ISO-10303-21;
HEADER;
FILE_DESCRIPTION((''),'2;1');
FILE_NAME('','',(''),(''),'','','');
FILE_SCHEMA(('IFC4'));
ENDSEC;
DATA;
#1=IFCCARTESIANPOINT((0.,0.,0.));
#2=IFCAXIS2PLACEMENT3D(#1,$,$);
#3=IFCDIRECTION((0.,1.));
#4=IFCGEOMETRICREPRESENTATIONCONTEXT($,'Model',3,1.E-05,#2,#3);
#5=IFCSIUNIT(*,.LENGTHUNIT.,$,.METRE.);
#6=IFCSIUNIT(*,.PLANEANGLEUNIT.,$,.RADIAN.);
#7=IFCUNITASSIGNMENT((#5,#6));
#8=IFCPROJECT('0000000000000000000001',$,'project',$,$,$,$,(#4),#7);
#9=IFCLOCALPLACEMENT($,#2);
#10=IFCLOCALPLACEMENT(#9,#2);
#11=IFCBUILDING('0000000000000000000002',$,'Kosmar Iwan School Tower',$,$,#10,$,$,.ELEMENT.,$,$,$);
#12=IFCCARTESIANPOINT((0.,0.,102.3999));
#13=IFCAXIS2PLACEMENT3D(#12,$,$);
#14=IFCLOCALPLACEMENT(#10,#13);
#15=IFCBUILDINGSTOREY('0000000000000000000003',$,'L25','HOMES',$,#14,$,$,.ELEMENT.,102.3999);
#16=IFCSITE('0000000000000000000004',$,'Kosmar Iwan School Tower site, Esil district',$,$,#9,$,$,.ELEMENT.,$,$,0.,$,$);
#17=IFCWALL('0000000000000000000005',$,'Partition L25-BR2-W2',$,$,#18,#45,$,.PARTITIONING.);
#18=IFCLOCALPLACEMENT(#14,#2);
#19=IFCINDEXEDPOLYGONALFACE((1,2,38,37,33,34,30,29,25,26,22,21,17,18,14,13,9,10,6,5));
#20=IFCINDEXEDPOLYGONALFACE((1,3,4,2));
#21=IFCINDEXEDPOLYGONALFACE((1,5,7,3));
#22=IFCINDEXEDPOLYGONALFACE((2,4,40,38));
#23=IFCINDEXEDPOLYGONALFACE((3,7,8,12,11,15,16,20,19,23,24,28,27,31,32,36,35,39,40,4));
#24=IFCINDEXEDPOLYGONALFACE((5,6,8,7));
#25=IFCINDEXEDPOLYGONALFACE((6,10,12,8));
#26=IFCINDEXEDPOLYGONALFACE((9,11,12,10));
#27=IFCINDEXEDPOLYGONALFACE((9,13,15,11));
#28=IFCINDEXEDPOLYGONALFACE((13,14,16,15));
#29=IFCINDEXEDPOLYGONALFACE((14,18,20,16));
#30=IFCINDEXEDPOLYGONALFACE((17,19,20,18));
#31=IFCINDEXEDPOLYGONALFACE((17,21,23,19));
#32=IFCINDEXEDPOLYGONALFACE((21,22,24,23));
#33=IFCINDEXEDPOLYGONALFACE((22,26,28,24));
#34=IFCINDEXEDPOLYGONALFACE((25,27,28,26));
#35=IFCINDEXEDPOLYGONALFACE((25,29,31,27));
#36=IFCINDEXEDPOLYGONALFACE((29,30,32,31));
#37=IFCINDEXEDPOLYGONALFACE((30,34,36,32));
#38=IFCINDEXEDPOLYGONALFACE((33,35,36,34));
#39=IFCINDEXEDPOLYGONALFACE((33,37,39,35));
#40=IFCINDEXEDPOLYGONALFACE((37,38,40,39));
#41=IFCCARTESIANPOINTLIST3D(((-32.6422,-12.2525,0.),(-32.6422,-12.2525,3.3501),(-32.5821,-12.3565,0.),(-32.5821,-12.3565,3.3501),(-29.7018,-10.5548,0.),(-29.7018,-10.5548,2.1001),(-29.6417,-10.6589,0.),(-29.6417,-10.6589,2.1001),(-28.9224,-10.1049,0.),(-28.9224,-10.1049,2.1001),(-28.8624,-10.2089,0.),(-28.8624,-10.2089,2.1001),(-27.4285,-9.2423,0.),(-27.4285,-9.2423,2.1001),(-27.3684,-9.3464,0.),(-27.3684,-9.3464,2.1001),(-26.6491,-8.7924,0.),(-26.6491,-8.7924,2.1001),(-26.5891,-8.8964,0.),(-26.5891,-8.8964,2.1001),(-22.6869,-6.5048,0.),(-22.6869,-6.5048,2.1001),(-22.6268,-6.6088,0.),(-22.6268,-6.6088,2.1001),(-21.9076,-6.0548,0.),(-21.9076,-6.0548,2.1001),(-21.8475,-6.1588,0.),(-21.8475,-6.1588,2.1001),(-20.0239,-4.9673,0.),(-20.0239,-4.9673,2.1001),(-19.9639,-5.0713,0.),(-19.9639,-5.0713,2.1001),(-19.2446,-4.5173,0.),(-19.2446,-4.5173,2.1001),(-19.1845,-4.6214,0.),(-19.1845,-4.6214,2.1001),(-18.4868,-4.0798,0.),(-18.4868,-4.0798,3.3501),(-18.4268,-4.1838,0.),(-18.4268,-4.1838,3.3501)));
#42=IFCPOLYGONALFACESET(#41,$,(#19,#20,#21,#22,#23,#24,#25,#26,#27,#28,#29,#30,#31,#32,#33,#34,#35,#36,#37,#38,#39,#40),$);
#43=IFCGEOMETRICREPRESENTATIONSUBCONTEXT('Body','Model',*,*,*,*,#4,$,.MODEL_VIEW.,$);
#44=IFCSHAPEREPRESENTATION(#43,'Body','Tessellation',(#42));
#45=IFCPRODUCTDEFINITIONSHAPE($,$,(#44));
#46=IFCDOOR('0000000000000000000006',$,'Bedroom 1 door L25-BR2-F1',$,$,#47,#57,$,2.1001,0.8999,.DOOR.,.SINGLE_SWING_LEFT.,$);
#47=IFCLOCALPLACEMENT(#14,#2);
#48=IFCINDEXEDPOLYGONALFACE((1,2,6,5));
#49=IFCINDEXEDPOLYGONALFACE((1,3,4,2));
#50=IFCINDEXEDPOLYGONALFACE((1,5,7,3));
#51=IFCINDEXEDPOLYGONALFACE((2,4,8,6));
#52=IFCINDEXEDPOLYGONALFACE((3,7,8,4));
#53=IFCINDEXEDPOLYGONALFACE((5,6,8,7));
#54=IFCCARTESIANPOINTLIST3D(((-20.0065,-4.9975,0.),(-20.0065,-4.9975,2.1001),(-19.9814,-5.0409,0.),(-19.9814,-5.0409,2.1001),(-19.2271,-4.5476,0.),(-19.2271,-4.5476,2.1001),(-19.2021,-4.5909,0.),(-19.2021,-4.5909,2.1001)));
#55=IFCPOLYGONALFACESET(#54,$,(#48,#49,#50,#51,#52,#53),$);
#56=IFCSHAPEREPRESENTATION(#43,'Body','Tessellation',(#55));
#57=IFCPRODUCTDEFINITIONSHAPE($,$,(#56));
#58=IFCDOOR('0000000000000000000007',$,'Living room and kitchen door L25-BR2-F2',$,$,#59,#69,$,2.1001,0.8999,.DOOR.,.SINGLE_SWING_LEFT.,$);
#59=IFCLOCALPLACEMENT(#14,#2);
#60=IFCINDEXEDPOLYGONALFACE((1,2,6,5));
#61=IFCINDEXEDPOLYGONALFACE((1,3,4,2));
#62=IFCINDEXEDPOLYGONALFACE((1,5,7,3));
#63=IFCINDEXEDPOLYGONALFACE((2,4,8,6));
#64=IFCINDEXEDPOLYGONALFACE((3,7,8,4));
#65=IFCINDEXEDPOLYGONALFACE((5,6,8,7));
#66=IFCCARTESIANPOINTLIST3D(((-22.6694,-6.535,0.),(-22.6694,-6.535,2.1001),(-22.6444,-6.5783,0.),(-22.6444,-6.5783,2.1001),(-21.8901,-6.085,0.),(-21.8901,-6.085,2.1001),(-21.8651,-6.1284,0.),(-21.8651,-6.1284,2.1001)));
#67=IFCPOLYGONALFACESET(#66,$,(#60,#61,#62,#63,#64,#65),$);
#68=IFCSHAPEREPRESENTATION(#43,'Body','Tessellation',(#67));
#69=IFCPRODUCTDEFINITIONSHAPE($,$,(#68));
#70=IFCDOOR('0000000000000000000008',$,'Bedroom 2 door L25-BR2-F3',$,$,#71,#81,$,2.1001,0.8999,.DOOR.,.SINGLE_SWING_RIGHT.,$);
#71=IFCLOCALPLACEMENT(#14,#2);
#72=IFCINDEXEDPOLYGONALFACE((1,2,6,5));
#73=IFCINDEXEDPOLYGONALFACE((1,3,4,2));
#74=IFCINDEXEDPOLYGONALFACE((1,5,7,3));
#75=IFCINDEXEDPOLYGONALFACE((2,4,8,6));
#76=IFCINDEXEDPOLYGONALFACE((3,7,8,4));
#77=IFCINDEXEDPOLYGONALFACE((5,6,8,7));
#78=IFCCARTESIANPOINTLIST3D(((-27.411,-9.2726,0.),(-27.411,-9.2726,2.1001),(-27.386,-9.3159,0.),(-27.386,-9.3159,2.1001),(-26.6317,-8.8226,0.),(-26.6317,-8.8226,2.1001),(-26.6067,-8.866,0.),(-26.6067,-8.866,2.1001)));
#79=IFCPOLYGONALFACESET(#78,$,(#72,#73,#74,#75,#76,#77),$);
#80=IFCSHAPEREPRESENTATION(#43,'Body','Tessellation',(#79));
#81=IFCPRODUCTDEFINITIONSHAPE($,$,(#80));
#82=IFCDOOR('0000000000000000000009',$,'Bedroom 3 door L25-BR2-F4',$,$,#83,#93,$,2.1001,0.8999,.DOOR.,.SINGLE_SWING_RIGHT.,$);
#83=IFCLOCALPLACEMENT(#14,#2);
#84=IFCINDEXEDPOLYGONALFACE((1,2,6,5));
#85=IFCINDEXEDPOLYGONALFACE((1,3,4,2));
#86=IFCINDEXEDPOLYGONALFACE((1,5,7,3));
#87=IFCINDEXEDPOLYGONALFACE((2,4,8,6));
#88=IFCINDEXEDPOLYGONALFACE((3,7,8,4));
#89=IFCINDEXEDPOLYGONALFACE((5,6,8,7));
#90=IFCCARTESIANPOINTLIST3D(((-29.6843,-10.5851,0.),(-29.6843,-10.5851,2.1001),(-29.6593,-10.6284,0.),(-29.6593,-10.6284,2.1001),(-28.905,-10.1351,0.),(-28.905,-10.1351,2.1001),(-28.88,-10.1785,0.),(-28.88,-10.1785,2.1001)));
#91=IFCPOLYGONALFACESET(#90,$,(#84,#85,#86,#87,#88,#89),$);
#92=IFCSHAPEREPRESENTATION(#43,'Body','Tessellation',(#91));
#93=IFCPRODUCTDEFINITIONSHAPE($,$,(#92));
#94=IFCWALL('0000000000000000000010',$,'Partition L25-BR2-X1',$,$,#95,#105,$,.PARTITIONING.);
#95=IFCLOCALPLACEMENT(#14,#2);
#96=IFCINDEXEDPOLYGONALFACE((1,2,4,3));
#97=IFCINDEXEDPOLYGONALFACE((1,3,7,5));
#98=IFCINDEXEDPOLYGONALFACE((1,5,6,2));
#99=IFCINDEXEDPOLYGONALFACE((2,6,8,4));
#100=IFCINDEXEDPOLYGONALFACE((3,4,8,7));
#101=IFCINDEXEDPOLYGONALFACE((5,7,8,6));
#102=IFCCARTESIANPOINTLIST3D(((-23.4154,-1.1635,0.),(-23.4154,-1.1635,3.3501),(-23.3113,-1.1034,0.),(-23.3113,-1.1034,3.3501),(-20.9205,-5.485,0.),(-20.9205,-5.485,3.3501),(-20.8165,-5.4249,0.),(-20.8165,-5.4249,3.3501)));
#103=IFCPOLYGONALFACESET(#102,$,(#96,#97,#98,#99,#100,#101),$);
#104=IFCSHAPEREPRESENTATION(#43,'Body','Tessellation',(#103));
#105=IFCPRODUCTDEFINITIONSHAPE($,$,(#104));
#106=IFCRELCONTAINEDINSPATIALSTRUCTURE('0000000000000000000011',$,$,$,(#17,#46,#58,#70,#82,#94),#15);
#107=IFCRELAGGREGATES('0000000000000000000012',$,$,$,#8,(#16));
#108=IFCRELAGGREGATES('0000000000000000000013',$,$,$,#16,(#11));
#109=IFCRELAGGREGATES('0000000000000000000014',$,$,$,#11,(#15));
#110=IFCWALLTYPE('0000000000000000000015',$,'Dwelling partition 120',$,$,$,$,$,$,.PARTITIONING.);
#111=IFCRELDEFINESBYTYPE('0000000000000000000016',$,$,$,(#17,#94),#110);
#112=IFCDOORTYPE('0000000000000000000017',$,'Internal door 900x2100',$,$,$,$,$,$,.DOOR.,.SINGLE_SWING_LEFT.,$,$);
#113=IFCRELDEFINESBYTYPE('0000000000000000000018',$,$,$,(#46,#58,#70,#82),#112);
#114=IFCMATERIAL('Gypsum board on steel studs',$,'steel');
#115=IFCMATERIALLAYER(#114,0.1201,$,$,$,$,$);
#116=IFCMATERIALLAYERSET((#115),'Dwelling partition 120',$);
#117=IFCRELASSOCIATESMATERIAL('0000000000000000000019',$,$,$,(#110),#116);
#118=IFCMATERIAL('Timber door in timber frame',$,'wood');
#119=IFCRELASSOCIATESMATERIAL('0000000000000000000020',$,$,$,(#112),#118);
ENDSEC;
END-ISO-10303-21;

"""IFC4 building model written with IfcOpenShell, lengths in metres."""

from ifc_helpers import new_model, si_unit, direction, frame, frame_2d, origin, place, context, subcontext, project, spatial, rectangle, extrude, material, layer, layer_set, type_object, element, fill, save


model = new_model("IFC4")

# Units and contexts
model_context = context("Model", 3, precision=1e-05, world=origin(), true_north=direction((0.0, 1.0)))
body_context = subcontext(model_context, "Body", "Model", "MODEL_VIEW")
ifc_project = project(units=[si_unit("LENGTHUNIT", "METRE"), si_unit("PLANEANGLEUNIT", "RADIAN")], contexts=[model_context])

# Site, building, storey
site_placement = place(None, origin())
site = spatial("IfcSite", under=ifc_project, at=site_placement, Name="Kosmar Iwan School Tower site, Esil district", CompositionType="ELEMENT", RefElevation=0.0)
building_placement = place(site_placement, origin())
building = spatial("IfcBuilding", under=site, at=building_placement, Name="Kosmar Iwan School Tower", CompositionType="ELEMENT")
storey_placement = place(building_placement, frame((0.0, 0.0, 102.3999)))
storey = spatial("IfcBuildingStorey", under=building, at=storey_placement, Name="L25", Description="HOMES", CompositionType="ELEMENT", Elevation=102.3999)

# Wall, openings, doors
ifc_material_1 = material(Name="Gypsum board on steel studs", Category="steel")
ifc_layer = layer(ifc_material_1, 0.1201)
ifc_layer_set = layer_set([ifc_layer], Name="Dwelling partition 120")
wall_type = type_object("IfcWallType", Name="Dwelling partition 120", PredefinedType="PARTITIONING", material=ifc_layer_set)
ifc_material_2 = material(Name="Timber door in timber frame", Category="wood")
door_type_1 = type_object("IfcDoorType", Name="Internal door 900x2100", OperationType="SINGLE_SWING_LEFT", PredefinedType="DOOR", material=ifc_material_2)
wall_1_placement = place(storey_placement, frame((-18.4568, -4.1318, 0.0), z_axis=(0.0, 0.0, 1.0), x_axis=(-0.866024, -0.500003, 0.0)))
wall_1 = element("IfcWall", 1, at=wall_1_placement, inside=storey, type_object=wall_type, Name="Partition L25-BR2-W2", PredefinedType="PARTITIONING", context=body_context, shape_type="SweptSolid", body=[
    extrude(rectangle(XDim=16.3452, YDim=0.1201, at=frame_2d((8.1726, 0.0))), origin(), (0.0, 0.0, 1.0), 3.3501),
])
opening_1_placement = place(wall_1_placement, frame((0.875, 0.0, 0.0)))
opening_1 = element("IfcOpeningElement", 2, at=opening_1_placement, cuts=wall_1, PredefinedType="OPENING", context=body_context, shape_type="SweptSolid", body=[
    extrude(rectangle(XDim=0.8999, YDim=2.1001, at=frame_2d((0.45, 1.05))), frame((0.0, 0.072, 0.0), z_axis=(0.0, -1.0, 0.0), x_axis=(1.0, 0.0, 0.0)), (0.0, 0.0, 1.0), 0.144),
])
opening_2_placement = place(wall_1_placement, frame((3.95, 0.0, 0.0)))
opening_2 = element("IfcOpeningElement", 3, at=opening_2_placement, cuts=wall_1, PredefinedType="OPENING", context=body_context, shape_type="SweptSolid", body=[
    extrude(rectangle(XDim=0.8999, YDim=2.1001, at=frame_2d((0.45, 1.05))), frame((0.0, 0.072, 0.0), z_axis=(0.0, -1.0, 0.0), x_axis=(1.0, 0.0, 0.0)), (0.0, 0.0, 1.0), 0.144),
])
opening_3_placement = place(wall_1_placement, frame((9.425, 0.0, 0.0)))
opening_3 = element("IfcOpeningElement", 4, at=opening_3_placement, cuts=wall_1, PredefinedType="OPENING", context=body_context, shape_type="SweptSolid", body=[
    extrude(rectangle(XDim=0.8999, YDim=2.1001, at=frame_2d((0.45, 1.05))), frame((0.0, 0.072, 0.0), z_axis=(0.0, -1.0, 0.0), x_axis=(1.0, 0.0, 0.0)), (0.0, 0.0, 1.0), 0.144),
])
opening_4_placement = place(wall_1_placement, frame((12.05, 0.0, 0.0)))
opening_4 = element("IfcOpeningElement", 5, at=opening_4_placement, cuts=wall_1, PredefinedType="OPENING", context=body_context, shape_type="SweptSolid", body=[
    extrude(rectangle(XDim=0.8999, YDim=2.1001, at=frame_2d((0.45, 1.05))), frame((0.0, 0.072, 0.0), z_axis=(0.0, -1.0, 0.0), x_axis=(1.0, 0.0, 0.0)), (0.0, 0.0, 1.0), 0.144),
])
door_1_placement = place(opening_1_placement, origin())
door_1 = element("IfcDoor", 6, at=door_1_placement, inside=storey, type_object=door_type_1, Name="Bedroom 1 door L25-BR2-F1", OperationType="SINGLE_SWING_LEFT", OverallHeight=2.1001, OverallWidth=0.8999, PredefinedType="DOOR", context=body_context, shape_type="SweptSolid", body=[
    extrude(rectangle(XDim=0.8999, YDim=2.1001, at=frame_2d((0.45, 1.05))), frame((0.0, 0.0249, 0.0), z_axis=(0.0, -1.0, 0.0), x_axis=(1.0, 0.0, 0.0)), (0.0, 0.0, 1.0), 0.05),
])
fill(opening_1, door_1)
door_2_placement = place(opening_2_placement, origin())
door_2 = element("IfcDoor", 7, at=door_2_placement, inside=storey, type_object=door_type_1, Name="Living room and kitchen door L25-BR2-F2", OperationType="SINGLE_SWING_LEFT", OverallHeight=2.1001, OverallWidth=0.8999, PredefinedType="DOOR", context=body_context, shape_type="SweptSolid", body=[
    extrude(rectangle(XDim=0.8999, YDim=2.1001, at=frame_2d((0.45, 1.05))), frame((0.0, 0.0249, 0.0), z_axis=(0.0, -1.0, 0.0), x_axis=(1.0, 0.0, 0.0)), (0.0, 0.0, 1.0), 0.05),
])
fill(opening_2, door_2)
door_3_placement = place(opening_3_placement, origin())
door_3 = element("IfcDoor", 8, at=door_3_placement, inside=storey, type_object=door_type_1, Name="Bedroom 2 door L25-BR2-F3", OperationType="SINGLE_SWING_RIGHT", OverallHeight=2.1001, OverallWidth=0.8999, PredefinedType="DOOR", context=body_context, shape_type="SweptSolid", body=[
    extrude(rectangle(XDim=0.8999, YDim=2.1001, at=frame_2d((0.45, 1.05))), frame((0.0, 0.0249, 0.0), z_axis=(0.0, -1.0, 0.0), x_axis=(1.0, 0.0, 0.0)), (0.0, 0.0, 1.0), 0.05),
])
fill(opening_3, door_3)
door_4_placement = place(opening_4_placement, origin())
door_4 = element("IfcDoor", 9, at=door_4_placement, inside=storey, type_object=door_type_1, Name="Bedroom 3 door L25-BR2-F4", OperationType="SINGLE_SWING_RIGHT", OverallHeight=2.1001, OverallWidth=0.8999, PredefinedType="DOOR", context=body_context, shape_type="SweptSolid", body=[
    extrude(rectangle(XDim=0.8999, YDim=2.1001, at=frame_2d((0.45, 1.05))), frame((0.0, 0.0249, 0.0), z_axis=(0.0, -1.0, 0.0), x_axis=(1.0, 0.0, 0.0)), (0.0, 0.0, 1.0), 0.05),
])
fill(opening_4, door_4)

# Wall
wall_2_placement = place(storey_placement, frame((-20.8684, -5.4551, 0.0), z_axis=(0.0, 0.0, 1.0), x_axis=(-0.499975, 0.86604, 0.0)))
element("IfcWall", 10, at=wall_2_placement, inside=storey, type_object=wall_type, Name="Partition L25-BR2-X1", PredefinedType="PARTITIONING", context=body_context, shape_type="SweptSolid", body=[
    extrude(rectangle(XDim=4.99, YDim=0.1201, at=frame_2d((2.4951, 0.0))), origin(), (0.0, 0.0, 1.0), 3.3501),
])

save(model, "model.ifc")
